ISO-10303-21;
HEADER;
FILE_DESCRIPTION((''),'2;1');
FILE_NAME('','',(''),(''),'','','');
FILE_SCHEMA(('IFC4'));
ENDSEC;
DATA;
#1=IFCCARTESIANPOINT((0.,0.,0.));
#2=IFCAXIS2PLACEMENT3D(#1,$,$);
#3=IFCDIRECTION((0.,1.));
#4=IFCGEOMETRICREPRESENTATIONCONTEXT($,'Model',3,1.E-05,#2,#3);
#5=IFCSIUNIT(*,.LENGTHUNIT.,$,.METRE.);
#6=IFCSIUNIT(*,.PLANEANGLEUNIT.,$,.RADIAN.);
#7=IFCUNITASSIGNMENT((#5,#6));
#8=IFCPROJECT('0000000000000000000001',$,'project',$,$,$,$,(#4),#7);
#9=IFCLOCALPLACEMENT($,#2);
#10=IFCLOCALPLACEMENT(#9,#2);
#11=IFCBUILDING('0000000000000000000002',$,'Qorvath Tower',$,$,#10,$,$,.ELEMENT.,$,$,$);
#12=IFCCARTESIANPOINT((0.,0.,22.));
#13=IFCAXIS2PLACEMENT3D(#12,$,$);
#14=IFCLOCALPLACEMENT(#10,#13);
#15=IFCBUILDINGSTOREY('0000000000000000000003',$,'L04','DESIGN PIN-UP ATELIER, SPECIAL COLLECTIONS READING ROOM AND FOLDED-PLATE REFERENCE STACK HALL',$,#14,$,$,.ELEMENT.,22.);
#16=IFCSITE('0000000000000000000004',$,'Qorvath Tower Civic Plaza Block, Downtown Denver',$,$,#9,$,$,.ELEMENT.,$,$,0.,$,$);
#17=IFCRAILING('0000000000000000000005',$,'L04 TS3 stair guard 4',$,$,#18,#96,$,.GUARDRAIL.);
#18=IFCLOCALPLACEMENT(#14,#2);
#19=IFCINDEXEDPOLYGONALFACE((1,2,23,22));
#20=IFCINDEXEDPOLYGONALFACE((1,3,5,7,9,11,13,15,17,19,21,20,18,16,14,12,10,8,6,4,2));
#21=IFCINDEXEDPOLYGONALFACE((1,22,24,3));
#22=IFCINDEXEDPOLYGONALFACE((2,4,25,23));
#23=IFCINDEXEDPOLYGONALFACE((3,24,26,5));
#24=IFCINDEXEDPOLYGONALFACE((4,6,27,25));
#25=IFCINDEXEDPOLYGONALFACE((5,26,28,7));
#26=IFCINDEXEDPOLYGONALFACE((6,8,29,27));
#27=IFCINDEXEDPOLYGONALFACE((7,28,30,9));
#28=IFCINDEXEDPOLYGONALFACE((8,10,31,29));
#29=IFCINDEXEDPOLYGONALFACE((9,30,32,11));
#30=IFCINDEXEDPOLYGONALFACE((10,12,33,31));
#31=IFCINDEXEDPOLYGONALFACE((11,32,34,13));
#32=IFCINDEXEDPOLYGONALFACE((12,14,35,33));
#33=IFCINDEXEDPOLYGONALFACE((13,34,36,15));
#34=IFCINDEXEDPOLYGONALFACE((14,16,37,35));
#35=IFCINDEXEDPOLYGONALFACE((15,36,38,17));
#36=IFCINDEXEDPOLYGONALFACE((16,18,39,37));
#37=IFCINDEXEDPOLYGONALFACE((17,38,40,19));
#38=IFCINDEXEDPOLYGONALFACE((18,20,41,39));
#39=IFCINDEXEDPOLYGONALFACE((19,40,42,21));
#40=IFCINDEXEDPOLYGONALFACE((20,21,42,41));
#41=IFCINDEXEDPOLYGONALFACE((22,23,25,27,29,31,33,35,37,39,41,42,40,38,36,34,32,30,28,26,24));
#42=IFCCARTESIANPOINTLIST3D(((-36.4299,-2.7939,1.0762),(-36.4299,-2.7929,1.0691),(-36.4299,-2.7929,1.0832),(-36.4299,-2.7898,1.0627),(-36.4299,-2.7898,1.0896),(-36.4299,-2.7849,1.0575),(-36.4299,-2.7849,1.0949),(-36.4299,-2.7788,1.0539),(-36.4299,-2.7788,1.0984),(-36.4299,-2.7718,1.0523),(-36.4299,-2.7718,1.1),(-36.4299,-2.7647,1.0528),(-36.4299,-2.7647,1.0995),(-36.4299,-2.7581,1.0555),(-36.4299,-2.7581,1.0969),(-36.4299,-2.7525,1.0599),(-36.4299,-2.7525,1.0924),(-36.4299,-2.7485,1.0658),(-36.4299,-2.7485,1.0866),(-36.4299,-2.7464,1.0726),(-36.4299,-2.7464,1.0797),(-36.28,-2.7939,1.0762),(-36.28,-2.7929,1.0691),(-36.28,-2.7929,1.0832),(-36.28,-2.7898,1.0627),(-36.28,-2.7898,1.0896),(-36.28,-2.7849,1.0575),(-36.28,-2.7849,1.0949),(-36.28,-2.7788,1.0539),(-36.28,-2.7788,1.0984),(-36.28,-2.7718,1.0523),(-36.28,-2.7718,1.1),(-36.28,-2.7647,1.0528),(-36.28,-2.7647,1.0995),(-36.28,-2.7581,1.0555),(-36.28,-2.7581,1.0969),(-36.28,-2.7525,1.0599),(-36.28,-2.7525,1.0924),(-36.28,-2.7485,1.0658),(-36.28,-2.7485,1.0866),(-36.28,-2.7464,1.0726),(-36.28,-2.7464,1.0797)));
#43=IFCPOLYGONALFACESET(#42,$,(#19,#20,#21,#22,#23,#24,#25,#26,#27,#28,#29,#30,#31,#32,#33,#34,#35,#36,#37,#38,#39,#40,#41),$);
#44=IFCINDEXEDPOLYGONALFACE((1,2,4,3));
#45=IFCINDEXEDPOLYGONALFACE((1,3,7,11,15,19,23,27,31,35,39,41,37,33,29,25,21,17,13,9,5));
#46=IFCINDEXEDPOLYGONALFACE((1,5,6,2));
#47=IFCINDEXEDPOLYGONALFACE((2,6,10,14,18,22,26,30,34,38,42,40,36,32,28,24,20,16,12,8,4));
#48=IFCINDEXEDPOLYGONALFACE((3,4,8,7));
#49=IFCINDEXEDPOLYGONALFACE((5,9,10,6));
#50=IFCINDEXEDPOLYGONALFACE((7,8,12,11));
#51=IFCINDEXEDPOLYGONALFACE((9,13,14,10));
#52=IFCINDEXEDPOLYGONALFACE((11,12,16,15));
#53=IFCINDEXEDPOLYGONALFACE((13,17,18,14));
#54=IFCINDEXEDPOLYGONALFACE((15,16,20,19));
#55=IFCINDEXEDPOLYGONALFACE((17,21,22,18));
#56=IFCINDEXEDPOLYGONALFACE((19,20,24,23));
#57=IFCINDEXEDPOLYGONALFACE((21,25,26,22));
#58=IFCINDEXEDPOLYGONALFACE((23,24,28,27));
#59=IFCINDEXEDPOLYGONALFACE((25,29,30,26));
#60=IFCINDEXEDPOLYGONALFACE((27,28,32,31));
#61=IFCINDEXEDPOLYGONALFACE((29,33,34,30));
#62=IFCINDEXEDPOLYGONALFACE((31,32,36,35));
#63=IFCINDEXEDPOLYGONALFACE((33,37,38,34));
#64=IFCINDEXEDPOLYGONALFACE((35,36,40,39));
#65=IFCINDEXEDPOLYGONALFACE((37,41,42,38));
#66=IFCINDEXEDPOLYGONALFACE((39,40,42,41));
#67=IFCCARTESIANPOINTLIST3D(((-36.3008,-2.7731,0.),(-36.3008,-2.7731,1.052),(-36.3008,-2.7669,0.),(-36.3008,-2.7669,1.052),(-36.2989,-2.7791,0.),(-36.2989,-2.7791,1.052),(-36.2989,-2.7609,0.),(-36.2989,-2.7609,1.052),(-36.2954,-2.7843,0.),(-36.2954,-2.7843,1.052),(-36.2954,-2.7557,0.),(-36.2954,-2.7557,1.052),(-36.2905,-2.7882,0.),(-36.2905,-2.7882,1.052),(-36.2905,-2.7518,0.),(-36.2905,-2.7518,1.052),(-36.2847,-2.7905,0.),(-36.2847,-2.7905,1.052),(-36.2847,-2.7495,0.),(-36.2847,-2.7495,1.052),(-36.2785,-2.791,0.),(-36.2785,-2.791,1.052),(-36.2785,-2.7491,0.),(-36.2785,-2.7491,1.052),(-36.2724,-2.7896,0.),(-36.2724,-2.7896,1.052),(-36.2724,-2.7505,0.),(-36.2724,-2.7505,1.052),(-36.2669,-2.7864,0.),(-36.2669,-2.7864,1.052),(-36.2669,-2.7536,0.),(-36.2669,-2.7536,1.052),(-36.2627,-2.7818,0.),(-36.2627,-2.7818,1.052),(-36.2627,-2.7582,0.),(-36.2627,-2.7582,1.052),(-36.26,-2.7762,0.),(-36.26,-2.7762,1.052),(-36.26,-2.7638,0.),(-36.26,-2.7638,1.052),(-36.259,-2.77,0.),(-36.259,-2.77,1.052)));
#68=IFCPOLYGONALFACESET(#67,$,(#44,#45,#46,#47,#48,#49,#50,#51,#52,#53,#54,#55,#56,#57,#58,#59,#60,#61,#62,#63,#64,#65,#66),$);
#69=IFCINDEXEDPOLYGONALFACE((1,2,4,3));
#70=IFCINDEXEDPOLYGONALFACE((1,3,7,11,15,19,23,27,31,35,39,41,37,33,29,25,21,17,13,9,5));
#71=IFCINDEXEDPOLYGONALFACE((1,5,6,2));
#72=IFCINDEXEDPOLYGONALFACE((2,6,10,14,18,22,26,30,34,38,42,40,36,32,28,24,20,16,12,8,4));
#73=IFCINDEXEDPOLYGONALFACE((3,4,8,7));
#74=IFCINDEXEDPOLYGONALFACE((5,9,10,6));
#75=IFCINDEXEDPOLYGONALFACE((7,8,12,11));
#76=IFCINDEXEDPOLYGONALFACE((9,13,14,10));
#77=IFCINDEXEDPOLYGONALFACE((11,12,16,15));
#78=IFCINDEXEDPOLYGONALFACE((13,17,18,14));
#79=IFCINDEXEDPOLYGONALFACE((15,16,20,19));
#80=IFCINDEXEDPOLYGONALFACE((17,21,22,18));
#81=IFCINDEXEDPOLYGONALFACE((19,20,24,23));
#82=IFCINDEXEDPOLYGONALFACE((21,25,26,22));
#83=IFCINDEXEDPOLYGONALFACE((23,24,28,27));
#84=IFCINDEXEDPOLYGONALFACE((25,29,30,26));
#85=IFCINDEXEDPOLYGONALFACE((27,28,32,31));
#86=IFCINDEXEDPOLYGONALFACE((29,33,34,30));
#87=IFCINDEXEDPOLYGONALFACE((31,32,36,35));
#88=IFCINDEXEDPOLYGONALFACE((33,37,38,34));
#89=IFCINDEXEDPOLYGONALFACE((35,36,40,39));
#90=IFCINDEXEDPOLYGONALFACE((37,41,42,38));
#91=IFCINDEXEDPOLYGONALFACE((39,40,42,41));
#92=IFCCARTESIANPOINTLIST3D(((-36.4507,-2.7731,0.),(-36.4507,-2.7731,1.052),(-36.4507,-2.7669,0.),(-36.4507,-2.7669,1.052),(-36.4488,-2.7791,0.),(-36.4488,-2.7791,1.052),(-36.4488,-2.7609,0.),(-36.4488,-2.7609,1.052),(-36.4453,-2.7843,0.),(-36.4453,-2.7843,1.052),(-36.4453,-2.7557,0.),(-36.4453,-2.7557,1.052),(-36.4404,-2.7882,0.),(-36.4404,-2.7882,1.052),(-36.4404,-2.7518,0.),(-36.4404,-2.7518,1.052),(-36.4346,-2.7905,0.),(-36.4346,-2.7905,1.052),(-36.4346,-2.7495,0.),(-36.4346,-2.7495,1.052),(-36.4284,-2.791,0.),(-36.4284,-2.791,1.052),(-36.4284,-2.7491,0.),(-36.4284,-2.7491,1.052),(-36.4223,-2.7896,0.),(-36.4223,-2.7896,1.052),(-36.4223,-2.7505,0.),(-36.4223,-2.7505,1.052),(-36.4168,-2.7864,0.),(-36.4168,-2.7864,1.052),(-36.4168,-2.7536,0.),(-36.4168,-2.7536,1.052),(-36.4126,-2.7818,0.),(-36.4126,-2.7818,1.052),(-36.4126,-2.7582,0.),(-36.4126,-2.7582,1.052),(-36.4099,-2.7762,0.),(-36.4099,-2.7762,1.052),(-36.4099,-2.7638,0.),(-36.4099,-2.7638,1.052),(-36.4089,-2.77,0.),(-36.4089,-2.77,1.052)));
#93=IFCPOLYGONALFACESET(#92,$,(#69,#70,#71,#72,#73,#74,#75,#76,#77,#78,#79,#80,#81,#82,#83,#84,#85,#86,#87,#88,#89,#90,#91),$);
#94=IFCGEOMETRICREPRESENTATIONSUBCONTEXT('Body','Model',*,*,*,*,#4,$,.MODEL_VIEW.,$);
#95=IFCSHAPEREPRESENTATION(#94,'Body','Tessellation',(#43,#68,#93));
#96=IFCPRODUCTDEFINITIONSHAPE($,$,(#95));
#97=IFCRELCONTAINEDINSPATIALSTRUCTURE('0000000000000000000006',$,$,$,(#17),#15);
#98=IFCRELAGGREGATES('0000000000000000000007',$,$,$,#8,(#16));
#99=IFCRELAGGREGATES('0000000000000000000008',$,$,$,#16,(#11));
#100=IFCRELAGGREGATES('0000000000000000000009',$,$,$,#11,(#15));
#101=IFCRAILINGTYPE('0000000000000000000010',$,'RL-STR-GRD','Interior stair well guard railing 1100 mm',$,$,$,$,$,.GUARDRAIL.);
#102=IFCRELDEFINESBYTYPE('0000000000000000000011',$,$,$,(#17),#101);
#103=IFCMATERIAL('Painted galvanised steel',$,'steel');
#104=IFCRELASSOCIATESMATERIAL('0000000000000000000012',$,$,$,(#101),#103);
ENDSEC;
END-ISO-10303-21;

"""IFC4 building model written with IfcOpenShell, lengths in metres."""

from ifc_helpers import new_model, si_unit, direction, frame, origin, origin_2d, place, context, subcontext, project, spatial, circle, extrude, material, type_object, element, save


model = new_model("IFC4")

# Units and contexts
model_context = context("Model", 3, precision=1e-05, world=origin(), true_north=direction((0.0, 1.0)))
body_context = subcontext(model_context, "Body", "Model", "MODEL_VIEW")
ifc_project = project(units=[si_unit("LENGTHUNIT", "METRE"), si_unit("PLANEANGLEUNIT", "RADIAN")], contexts=[model_context])

# Site, building, storey
site_placement = place(None, origin())
site = spatial("IfcSite", under=ifc_project, at=site_placement, Name="Qorvath Tower Civic Plaza Block, Downtown Denver", CompositionType="ELEMENT", RefElevation=0.0)
building_placement = place(site_placement, origin())
building = spatial("IfcBuilding", under=site, at=building_placement, Name="Qorvath Tower", CompositionType="ELEMENT")
storey_placement = place(building_placement, frame((0.0, 0.0, 22.0)))
storey = spatial("IfcBuildingStorey", under=building, at=storey_placement, Name="L04", Description="DESIGN PIN-UP ATELIER, SPECIAL COLLECTIONS READING ROOM AND FOLDED-PLATE REFERENCE STACK HALL", CompositionType="ELEMENT", Elevation=22.0)

# Railing
ifc_material_1 = material(Name="Painted galvanised steel", Category="steel")
railing_type_1 = type_object("IfcRailingType", Name="RL-STR-GRD", Description="Interior stair well guard railing 1100 mm", PredefinedType="GUARDRAIL", material=ifc_material_1)
railing_1_placement = place(storey_placement, frame((-36.28, -2.77, 0.0)))
element("IfcRailing", 1, at=railing_1_placement, inside=storey, type_object=railing_type_1, Name="L04 TS3 stair guard 4", PredefinedType="GUARDRAIL", context=body_context, shape_type="SweptSolid", body=[
    extrude(circle(Radius=0.0239, at=origin_2d()), frame((0.0, 0.0, 1.0762), z_axis=(-1.0, 0.0, 0.0), x_axis=(0.0, -1.0, 0.0)), (0.0, 0.0, 1.0), 0.1499),
    extrude(circle(Radius=0.021, at=origin_2d()), origin(), (0.0, 0.0, 1.0), 1.052),
    extrude(circle(Radius=0.021, at=origin_2d()), frame((-0.1499, 0.0, 0.0)), (0.0, 0.0, 1.0), 1.052),
])

save(model, "model.ifc")
